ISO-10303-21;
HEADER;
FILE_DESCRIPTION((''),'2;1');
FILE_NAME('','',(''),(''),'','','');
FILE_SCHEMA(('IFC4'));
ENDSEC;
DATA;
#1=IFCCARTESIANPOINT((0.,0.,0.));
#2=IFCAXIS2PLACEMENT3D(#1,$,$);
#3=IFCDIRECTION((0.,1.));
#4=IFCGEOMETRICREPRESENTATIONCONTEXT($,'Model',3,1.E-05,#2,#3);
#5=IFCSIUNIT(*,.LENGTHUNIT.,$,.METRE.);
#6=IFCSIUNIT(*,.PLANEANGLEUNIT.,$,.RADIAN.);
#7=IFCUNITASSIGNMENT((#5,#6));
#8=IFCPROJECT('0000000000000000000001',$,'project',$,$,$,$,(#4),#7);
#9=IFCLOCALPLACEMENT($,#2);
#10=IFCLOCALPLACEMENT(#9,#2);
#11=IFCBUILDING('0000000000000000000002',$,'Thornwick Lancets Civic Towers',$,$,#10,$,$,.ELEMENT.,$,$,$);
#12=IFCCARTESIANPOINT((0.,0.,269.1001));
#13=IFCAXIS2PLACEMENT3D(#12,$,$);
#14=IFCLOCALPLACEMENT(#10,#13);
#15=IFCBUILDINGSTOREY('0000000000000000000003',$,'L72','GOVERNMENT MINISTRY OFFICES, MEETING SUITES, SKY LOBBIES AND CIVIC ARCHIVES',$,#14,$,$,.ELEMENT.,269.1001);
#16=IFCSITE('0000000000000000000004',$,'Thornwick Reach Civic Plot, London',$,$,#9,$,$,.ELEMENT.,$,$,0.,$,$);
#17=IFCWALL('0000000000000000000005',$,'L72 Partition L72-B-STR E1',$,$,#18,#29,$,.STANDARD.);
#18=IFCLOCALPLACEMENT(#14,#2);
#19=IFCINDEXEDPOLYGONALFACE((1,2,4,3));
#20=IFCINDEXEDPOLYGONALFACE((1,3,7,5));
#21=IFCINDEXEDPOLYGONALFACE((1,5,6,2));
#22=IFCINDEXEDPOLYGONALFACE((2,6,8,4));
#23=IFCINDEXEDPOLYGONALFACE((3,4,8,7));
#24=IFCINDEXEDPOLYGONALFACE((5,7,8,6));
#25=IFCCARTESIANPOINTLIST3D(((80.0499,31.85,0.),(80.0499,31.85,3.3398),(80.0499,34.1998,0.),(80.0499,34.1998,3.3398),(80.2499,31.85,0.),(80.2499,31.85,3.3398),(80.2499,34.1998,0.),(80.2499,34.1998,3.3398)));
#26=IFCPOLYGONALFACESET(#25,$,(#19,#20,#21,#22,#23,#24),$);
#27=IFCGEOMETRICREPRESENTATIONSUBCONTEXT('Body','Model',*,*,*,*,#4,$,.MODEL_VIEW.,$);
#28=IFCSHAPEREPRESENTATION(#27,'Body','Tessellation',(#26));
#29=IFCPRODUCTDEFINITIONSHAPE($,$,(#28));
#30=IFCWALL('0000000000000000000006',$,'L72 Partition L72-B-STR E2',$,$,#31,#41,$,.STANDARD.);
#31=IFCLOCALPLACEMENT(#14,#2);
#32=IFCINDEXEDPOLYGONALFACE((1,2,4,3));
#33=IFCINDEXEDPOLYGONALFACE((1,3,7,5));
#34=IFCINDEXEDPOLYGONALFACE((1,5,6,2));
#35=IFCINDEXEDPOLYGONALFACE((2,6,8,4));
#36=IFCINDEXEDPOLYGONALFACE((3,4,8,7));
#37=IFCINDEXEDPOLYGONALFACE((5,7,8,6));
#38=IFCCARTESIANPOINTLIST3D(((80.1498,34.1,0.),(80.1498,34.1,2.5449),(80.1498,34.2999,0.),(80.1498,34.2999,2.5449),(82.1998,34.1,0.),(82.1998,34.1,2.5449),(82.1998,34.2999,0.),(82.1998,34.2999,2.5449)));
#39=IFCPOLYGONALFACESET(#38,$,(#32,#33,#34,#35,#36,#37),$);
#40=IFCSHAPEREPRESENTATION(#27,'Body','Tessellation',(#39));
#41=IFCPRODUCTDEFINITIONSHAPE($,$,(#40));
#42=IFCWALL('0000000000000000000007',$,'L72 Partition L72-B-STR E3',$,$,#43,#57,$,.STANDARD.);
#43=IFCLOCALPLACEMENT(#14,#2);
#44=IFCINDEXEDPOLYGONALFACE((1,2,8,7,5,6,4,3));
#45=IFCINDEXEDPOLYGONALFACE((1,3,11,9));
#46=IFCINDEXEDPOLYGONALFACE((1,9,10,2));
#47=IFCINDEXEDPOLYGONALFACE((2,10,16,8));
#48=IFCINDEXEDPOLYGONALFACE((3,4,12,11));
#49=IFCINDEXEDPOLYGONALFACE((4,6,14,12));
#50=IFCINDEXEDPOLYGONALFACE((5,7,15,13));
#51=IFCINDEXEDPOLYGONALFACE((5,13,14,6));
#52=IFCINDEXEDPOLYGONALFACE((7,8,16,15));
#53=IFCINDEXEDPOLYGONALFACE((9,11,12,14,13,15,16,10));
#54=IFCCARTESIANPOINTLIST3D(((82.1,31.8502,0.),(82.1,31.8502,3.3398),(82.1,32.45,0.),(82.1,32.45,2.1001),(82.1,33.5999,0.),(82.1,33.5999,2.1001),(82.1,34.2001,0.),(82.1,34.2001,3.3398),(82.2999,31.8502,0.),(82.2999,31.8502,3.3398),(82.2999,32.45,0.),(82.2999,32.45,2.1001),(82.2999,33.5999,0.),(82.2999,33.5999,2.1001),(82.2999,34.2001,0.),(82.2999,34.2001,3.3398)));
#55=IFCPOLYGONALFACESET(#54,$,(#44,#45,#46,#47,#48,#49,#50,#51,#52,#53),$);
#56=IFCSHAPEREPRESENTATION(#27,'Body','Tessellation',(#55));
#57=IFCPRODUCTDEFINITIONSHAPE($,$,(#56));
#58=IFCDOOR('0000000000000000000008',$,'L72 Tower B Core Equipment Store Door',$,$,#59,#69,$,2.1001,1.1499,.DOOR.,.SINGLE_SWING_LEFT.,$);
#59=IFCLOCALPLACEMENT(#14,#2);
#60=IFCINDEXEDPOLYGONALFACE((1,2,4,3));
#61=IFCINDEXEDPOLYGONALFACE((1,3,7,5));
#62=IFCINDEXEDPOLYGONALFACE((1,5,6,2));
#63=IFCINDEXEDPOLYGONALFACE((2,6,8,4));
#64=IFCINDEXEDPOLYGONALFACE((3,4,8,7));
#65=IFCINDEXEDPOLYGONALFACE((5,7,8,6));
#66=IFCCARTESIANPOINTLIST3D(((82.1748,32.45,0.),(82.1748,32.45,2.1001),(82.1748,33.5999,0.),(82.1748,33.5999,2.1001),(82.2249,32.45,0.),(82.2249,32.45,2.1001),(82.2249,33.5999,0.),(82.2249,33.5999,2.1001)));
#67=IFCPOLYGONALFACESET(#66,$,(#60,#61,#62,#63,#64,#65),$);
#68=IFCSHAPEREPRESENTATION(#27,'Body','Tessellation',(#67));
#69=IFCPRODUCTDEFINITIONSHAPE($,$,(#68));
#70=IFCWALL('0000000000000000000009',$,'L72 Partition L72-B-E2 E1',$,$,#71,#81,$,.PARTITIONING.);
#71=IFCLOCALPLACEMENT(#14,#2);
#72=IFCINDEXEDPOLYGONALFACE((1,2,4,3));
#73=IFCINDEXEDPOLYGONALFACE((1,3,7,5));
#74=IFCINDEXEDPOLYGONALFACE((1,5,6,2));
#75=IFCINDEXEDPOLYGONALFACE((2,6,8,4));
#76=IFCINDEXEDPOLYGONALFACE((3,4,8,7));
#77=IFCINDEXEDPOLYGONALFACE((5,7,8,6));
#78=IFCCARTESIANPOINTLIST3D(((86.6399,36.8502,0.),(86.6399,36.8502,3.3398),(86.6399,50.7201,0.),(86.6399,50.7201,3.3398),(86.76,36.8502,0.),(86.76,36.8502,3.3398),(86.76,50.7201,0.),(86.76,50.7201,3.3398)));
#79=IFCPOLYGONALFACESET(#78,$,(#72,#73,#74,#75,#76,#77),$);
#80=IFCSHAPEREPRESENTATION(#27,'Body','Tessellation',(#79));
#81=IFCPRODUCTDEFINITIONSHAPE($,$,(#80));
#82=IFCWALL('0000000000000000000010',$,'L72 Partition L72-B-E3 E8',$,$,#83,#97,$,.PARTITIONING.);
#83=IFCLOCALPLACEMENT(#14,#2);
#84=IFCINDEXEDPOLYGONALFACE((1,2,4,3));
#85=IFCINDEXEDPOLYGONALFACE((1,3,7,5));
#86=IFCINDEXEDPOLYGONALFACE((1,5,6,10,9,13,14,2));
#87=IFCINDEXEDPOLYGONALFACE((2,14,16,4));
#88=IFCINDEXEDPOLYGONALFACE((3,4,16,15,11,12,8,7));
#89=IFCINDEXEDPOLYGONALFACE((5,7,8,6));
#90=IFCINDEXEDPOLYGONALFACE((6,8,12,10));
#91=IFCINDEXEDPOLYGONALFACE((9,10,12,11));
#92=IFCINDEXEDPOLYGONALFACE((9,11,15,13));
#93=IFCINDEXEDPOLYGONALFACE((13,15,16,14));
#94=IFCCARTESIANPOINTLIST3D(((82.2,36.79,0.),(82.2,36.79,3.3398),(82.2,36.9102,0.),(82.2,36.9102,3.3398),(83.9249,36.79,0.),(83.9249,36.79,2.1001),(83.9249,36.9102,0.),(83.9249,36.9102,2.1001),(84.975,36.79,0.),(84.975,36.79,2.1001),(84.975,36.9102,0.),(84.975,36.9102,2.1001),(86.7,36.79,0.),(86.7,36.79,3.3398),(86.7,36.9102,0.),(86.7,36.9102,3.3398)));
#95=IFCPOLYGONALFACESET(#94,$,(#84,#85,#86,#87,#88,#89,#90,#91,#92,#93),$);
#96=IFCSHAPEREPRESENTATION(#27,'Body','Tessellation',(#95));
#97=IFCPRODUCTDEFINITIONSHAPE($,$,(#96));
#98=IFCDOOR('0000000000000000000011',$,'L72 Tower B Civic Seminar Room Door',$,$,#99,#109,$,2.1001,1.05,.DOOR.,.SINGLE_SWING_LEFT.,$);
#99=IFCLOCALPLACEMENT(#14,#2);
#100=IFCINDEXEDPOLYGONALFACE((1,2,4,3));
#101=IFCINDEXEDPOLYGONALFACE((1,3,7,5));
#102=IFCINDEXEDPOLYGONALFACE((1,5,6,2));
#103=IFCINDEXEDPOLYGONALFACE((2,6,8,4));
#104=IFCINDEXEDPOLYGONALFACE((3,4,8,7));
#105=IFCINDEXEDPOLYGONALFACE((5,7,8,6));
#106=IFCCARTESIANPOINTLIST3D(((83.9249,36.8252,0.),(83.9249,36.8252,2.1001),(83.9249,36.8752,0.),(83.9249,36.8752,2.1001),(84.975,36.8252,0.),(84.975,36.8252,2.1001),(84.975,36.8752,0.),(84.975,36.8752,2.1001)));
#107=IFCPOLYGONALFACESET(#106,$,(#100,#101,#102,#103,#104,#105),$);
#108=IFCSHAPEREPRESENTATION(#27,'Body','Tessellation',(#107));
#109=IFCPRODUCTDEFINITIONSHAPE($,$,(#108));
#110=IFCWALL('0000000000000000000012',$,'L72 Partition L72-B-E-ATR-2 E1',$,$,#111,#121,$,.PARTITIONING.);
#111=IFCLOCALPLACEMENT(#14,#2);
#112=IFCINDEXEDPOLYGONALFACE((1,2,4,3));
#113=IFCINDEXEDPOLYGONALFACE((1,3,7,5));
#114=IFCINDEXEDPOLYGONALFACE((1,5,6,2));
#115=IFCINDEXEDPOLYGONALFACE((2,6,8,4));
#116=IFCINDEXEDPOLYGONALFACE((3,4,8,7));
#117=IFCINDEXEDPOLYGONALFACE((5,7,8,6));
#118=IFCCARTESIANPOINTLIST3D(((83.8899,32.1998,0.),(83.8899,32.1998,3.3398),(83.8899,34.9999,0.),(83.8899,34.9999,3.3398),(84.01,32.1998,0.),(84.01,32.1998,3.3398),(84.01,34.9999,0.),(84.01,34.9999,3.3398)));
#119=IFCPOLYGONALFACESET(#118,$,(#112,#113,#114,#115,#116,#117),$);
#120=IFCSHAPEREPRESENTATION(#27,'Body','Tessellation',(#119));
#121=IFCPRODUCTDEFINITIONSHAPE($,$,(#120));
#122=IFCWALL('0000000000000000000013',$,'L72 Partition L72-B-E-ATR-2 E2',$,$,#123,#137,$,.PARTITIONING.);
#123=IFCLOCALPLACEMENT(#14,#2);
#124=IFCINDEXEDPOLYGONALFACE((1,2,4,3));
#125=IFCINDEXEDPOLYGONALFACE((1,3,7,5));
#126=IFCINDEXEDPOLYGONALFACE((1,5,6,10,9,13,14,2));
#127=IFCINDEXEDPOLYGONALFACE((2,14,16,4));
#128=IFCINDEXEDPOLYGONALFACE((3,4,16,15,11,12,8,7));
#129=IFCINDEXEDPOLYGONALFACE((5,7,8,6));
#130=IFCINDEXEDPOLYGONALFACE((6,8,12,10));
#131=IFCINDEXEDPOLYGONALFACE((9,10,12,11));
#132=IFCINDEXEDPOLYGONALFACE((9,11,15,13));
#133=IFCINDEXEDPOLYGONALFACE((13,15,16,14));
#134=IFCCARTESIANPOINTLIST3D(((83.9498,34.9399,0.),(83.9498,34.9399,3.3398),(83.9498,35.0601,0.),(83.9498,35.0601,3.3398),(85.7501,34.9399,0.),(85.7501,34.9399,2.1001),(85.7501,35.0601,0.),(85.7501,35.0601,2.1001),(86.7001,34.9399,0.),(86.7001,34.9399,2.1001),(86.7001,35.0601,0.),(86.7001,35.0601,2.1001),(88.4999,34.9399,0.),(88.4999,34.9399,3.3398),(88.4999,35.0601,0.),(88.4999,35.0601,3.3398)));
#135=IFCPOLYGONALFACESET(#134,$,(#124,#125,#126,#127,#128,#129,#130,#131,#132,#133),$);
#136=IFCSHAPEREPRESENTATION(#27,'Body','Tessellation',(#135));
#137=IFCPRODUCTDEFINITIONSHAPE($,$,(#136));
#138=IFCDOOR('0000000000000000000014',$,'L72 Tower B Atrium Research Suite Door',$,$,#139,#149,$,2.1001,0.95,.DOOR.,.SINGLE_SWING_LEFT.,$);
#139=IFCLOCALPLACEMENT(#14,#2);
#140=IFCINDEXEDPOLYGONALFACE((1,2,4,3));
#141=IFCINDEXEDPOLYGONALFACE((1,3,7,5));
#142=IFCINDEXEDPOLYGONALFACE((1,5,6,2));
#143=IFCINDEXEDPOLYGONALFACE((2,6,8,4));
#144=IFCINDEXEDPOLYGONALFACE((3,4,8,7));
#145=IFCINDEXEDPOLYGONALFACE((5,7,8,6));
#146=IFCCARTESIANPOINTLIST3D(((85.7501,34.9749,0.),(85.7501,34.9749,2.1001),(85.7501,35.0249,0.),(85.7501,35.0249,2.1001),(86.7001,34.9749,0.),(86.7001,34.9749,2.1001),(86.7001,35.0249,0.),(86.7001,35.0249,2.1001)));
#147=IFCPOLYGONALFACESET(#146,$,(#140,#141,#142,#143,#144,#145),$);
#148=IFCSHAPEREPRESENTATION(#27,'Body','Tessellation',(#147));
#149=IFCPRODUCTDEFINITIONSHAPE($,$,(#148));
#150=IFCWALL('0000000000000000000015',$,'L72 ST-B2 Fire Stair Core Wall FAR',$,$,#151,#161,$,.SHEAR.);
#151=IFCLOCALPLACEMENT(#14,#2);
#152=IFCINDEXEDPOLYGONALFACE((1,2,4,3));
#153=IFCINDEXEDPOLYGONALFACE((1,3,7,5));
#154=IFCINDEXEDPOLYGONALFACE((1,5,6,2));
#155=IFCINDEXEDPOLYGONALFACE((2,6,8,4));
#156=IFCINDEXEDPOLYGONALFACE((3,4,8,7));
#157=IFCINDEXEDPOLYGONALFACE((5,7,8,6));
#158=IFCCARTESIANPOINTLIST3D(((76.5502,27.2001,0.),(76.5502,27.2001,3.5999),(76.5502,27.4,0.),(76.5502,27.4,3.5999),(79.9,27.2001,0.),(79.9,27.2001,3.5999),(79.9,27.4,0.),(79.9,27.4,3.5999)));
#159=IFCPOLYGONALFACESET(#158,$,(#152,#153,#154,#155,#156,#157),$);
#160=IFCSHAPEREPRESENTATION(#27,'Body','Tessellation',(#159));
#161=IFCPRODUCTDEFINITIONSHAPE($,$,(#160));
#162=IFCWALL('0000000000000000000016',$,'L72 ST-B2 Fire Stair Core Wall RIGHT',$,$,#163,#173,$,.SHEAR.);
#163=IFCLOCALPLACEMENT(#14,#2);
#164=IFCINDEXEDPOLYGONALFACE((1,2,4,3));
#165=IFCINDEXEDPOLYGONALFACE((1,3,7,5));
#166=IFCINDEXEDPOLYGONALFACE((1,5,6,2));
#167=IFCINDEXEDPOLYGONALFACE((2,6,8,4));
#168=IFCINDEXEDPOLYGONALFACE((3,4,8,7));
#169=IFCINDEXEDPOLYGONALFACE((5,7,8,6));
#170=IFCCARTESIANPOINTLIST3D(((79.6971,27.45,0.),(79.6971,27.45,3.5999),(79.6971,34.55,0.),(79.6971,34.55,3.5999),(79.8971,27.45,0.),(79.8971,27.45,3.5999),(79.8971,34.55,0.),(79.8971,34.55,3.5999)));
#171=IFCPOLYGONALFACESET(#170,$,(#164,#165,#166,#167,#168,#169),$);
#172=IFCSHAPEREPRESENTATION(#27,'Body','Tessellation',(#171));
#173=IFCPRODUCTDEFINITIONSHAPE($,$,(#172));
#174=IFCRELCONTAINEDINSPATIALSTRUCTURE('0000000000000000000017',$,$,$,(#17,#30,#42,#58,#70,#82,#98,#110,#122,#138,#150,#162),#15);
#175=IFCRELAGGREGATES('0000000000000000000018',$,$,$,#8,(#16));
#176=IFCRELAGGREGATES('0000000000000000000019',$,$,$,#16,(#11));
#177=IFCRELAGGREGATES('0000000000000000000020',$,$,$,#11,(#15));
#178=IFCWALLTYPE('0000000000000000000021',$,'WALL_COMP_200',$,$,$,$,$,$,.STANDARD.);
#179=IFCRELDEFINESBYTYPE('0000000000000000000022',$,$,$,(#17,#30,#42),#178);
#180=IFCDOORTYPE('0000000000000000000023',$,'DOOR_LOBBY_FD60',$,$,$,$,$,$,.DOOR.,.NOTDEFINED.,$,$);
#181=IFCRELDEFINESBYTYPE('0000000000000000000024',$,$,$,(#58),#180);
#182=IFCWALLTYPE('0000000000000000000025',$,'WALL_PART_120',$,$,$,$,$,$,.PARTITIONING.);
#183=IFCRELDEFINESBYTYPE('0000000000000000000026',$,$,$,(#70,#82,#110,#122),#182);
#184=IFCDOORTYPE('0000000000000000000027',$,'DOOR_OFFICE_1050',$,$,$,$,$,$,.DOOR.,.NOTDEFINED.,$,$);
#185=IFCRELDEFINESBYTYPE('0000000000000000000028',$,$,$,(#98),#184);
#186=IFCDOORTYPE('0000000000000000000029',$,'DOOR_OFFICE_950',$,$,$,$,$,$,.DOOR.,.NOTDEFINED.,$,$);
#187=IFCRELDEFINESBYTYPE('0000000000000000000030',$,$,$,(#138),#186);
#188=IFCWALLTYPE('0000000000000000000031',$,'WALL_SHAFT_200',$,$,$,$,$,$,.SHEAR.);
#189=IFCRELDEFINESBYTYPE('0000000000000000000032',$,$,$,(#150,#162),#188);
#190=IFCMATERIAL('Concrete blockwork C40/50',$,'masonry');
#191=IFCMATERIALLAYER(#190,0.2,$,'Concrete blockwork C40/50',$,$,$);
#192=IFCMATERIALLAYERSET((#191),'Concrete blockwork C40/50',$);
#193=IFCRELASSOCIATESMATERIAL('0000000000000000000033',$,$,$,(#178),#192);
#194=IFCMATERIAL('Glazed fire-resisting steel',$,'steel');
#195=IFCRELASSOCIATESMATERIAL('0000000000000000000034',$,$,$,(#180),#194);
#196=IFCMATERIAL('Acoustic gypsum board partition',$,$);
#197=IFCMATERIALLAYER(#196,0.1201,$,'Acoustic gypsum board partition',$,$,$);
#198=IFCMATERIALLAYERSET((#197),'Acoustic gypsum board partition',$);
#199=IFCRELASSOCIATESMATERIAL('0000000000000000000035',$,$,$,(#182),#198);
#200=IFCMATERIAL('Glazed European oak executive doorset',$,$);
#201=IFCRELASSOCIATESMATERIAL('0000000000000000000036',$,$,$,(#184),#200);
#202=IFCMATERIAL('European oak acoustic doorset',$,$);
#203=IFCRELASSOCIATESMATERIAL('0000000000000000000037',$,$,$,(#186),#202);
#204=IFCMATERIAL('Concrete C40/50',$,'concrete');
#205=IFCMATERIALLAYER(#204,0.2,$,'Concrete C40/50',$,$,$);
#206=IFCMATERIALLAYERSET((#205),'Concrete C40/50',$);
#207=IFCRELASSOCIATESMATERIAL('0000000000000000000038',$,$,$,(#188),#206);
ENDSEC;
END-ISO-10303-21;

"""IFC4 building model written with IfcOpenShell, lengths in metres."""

from ifc_helpers import new_model, si_unit, direction, frame, frame_2d, origin, place, context, subcontext, project, spatial, rectangle, extrude, material, layer, layer_set, type_object, element, fill, save


model = new_model("IFC4")

# Units and contexts
model_context = context("Model", 3, precision=1e-05, world=origin(), true_north=direction((0.0, 1.0)))
body_context = subcontext(model_context, "Body", "Model", "MODEL_VIEW")
ifc_project = project(units=[si_unit("LENGTHUNIT", "METRE"), si_unit("PLANEANGLEUNIT", "RADIAN")], contexts=[model_context])

# Site, building, storey
site_placement = place(None, origin())
site = spatial("IfcSite", under=ifc_project, at=site_placement, Name="Thornwick Reach Civic Plot, London", CompositionType="ELEMENT", RefElevation=0.0)
building_placement = place(site_placement, origin())
building = spatial("IfcBuilding", under=site, at=building_placement, Name="Thornwick Lancets Civic Towers", CompositionType="ELEMENT")
storey_placement = place(building_placement, frame((0.0, 0.0, 269.1001)))
storey = spatial("IfcBuildingStorey", under=building, at=storey_placement, Name="L72", Description="GOVERNMENT MINISTRY OFFICES, MEETING SUITES, SKY LOBBIES AND CIVIC ARCHIVES", CompositionType="ELEMENT", Elevation=269.1001)

# Shared definitions
ifc_material_1 = material(Name="Concrete blockwork C40/50", Category="masonry")
ifc_layer_1 = layer(ifc_material_1, 0.2, Name="Concrete blockwork C40/50")
ifc_layer_set_1 = layer_set([ifc_layer_1], Name="Concrete blockwork C40/50")
wall_type_1 = type_object("IfcWallType", Name="WALL_COMP_200", PredefinedType="STANDARD", material=ifc_layer_set_1)

# Shared definitions
ifc_material_2 = material(Name="Glazed fire-resisting steel", Category="steel")
door_type_1 = type_object("IfcDoorType", Name="DOOR_LOBBY_FD60", OperationType="NOTDEFINED", PredefinedType="DOOR", material=ifc_material_2)

# Walls
wall_1_placement = place(storey_placement, frame((80.1499, 31.8501, 0.0), z_axis=(0.0, 0.0, 1.0), x_axis=(0.0, 1.0, 0.0)))
element("IfcWall", 1, at=wall_1_placement, inside=storey, type_object=wall_type_1, Name="L72 Partition L72-B-STR E1", PredefinedType="STANDARD", context=body_context, shape_type="SweptSolid", body=[
    extrude(rectangle(XDim=2.3499, YDim=0.2, at=frame_2d((1.1748, 0.0))), origin(), (0.0, 0.0, 1.0), 3.3398),
])
wall_2_placement = place(storey_placement, frame((80.1499, 34.2, 0.0), z_axis=(0.0, 0.0, 1.0), x_axis=(1.0, 0.0, 0.0)))
element("IfcWall", 2, at=wall_2_placement, inside=storey, type_object=wall_type_1, Name="L72 Partition L72-B-STR E2", PredefinedType="STANDARD", context=body_context, shape_type="SweptSolid", body=[
    extrude(rectangle(XDim=2.05, YDim=0.2, at=frame_2d((1.0249, 0.0))), origin(), (0.0, 0.0, 1.0), 2.5449),
])

# Wall, opening, door
wall_3_placement = place(storey_placement, frame((82.2, 34.2, 0.0), z_axis=(0.0, 0.0, 1.0), x_axis=(0.0, -1.0, 0.0)))
wall_3 = element("IfcWall", 3, at=wall_3_placement, inside=storey, type_object=wall_type_1, Name="L72 Partition L72-B-STR E3", PredefinedType="STANDARD", context=body_context, shape_type="SweptSolid", body=[
    extrude(rectangle(XDim=2.3499, YDim=0.2, at=frame_2d((1.1748, 0.0))), origin(), (0.0, 0.0, 1.0), 3.3398),
])
opening_1_placement = place(wall_3_placement, frame((0.6001, 0.0, 0.0)))
opening_1 = element("IfcOpeningElement", 4, at=opening_1_placement, cuts=wall_3, PredefinedType="OPENING", context=body_context, shape_type="SweptSolid", body=[
    extrude(rectangle(XDim=1.1499, YDim=2.1001, at=frame_2d((0.575, 1.05))), frame((0.0, 0.1099, 0.0), z_axis=(0.0, -1.0, 0.0), x_axis=(1.0, 0.0, 0.0)), (0.0, 0.0, 1.0), 0.22),
])
door_1_placement = place(opening_1_placement, origin())
door_1 = element("IfcDoor", 5, at=door_1_placement, inside=storey, type_object=door_type_1, Name="L72 Tower B Core Equipment Store Door", OperationType="SINGLE_SWING_LEFT", OverallHeight=2.1001, OverallWidth=1.1499, PredefinedType="DOOR", context=body_context, shape_type="SweptSolid", body=[
    extrude(rectangle(XDim=1.1499, YDim=2.1001, at=frame_2d((0.575, 1.05))), frame((0.0, 0.0249, 0.0), z_axis=(0.0, -1.0, 0.0), x_axis=(1.0, 0.0, 0.0)), (0.0, 0.0, 1.0), 0.05),
])
fill(opening_1, door_1)

# Wall
ifc_material_3 = material(Name="Acoustic gypsum board partition")
ifc_layer_2 = layer(ifc_material_3, 0.1201, Name="Acoustic gypsum board partition")
ifc_layer_set_2 = layer_set([ifc_layer_2], Name="Acoustic gypsum board partition")
wall_type_2 = type_object("IfcWallType", Name="WALL_PART_120", PredefinedType="PARTITIONING", material=ifc_layer_set_2)
wall_4_placement = place(storey_placement, frame((86.7, 36.8501, 0.0), z_axis=(0.0, 0.0, 1.0), x_axis=(0.0, 1.0, 0.0)))
element("IfcWall", 6, at=wall_4_placement, inside=storey, type_object=wall_type_2, Name="L72 Partition L72-B-E2 E1", PredefinedType="PARTITIONING", context=body_context, shape_type="SweptSolid", body=[
    extrude(rectangle(XDim=13.8699, YDim=0.1201, at=frame_2d((6.9351, 0.0))), origin(), (0.0, 0.0, 1.0), 3.3398),
])

# Wall, opening, door
wall_5_placement = place(storey_placement, frame((86.7, 36.8501, 0.0), z_axis=(0.0, 0.0, 1.0), x_axis=(-1.0, 0.0, 0.0)))
wall_5 = element("IfcWall", 7, at=wall_5_placement, inside=storey, type_object=wall_type_2, Name="L72 Partition L72-B-E3 E8", PredefinedType="PARTITIONING", context=body_context, shape_type="SweptSolid", body=[
    extrude(rectangle(XDim=4.5, YDim=0.1201, at=frame_2d((2.25, 0.0))), origin(), (0.0, 0.0, 1.0), 3.3398),
])
opening_2_placement = place(wall_5_placement, frame((1.7251, 0.0, 0.0)))
opening_2 = element("IfcOpeningElement", 8, at=opening_2_placement, cuts=wall_5, PredefinedType="OPENING", context=body_context, shape_type="SweptSolid", body=[
    extrude(rectangle(XDim=1.05, YDim=2.1001, at=frame_2d((0.5249, 1.05))), frame((0.0, 0.0701, 0.0), z_axis=(0.0, -1.0, 0.0), x_axis=(1.0, 0.0, 0.0)), (0.0, 0.0, 1.0), 0.1401),
])
ifc_material_4 = material(Name="Glazed European oak executive doorset")
door_type_2 = type_object("IfcDoorType", Name="DOOR_OFFICE_1050", OperationType="NOTDEFINED", PredefinedType="DOOR", material=ifc_material_4)
door_2_placement = place(opening_2_placement, origin())
door_2 = element("IfcDoor", 9, at=door_2_placement, inside=storey, type_object=door_type_2, Name="L72 Tower B Civic Seminar Room Door", OperationType="SINGLE_SWING_LEFT", OverallHeight=2.1001, OverallWidth=1.05, PredefinedType="DOOR", context=body_context, shape_type="SweptSolid", body=[
    extrude(rectangle(XDim=1.05, YDim=2.1001, at=frame_2d((0.5249, 1.05))), frame((0.0, 0.0249, 0.0), z_axis=(0.0, -1.0, 0.0), x_axis=(1.0, 0.0, 0.0)), (0.0, 0.0, 1.0), 0.05),
])
fill(opening_2, door_2)

# Wall
wall_6_placement = place(storey_placement, frame((83.95, 32.2, 0.0), z_axis=(0.0, 0.0, 1.0), x_axis=(0.0, 1.0, 0.0)))
element("IfcWall", 10, at=wall_6_placement, inside=storey, type_object=wall_type_2, Name="L72 Partition L72-B-E-ATR-2 E1", PredefinedType="PARTITIONING", context=body_context, shape_type="SweptSolid", body=[
    extrude(rectangle(XDim=2.8, YDim=0.1201, at=frame_2d((1.3999, 0.0))), origin(), (0.0, 0.0, 1.0), 3.3398),
])

# Wall, opening, door
wall_7_placement = place(storey_placement, frame((83.95, 35.0, 0.0), z_axis=(0.0, 0.0, 1.0), x_axis=(1.0, 0.0, 0.0)))
wall_7 = element("IfcWall", 11, at=wall_7_placement, inside=storey, type_object=wall_type_2, Name="L72 Partition L72-B-E-ATR-2 E2", PredefinedType="PARTITIONING", context=body_context, shape_type="SweptSolid", body=[
    extrude(rectangle(XDim=4.55, YDim=0.1201, at=frame_2d((2.2749, 0.0))), origin(), (0.0, 0.0, 1.0), 3.3398),
])
opening_3_placement = place(wall_7_placement, frame((1.8, 0.0, 0.0)))
opening_3 = element("IfcOpeningElement", 12, at=opening_3_placement, cuts=wall_7, PredefinedType="OPENING", context=body_context, shape_type="SweptSolid", body=[
    extrude(rectangle(XDim=0.95, YDim=2.1001, at=frame_2d((0.4751, 1.05))), frame((0.0, 0.0701, 0.0), z_axis=(0.0, -1.0, 0.0), x_axis=(1.0, 0.0, 0.0)), (0.0, 0.0, 1.0), 0.1401),
])
ifc_material_5 = material(Name="European oak acoustic doorset")
door_type_3 = type_object("IfcDoorType", Name="DOOR_OFFICE_950", OperationType="NOTDEFINED", PredefinedType="DOOR", material=ifc_material_5)
door_3_placement = place(opening_3_placement, origin())
door_3 = element("IfcDoor", 13, at=door_3_placement, inside=storey, type_object=door_type_3, Name="L72 Tower B Atrium Research Suite Door", OperationType="SINGLE_SWING_LEFT", OverallHeight=2.1001, OverallWidth=0.95, PredefinedType="DOOR", context=body_context, shape_type="SweptSolid", body=[
    extrude(rectangle(XDim=0.95, YDim=2.1001, at=frame_2d((0.4751, 1.05))), frame((0.0, 0.0249, 0.0), z_axis=(0.0, -1.0, 0.0), x_axis=(1.0, 0.0, 0.0)), (0.0, 0.0, 1.0), 0.05),
])
fill(opening_3, door_3)

# Walls
ifc_material_6 = material(Name="Concrete C40/50", Category="concrete")
ifc_layer_3 = layer(ifc_material_6, 0.2, Name="Concrete C40/50")
ifc_layer_set_3 = layer_set([ifc_layer_3], Name="Concrete C40/50")
wall_type_3 = type_object("IfcWallType", Name="WALL_SHAFT_200", PredefinedType="SHEAR", material=ifc_layer_set_3)
wall_8_placement = place(storey_placement, frame((79.8999, 27.3, 0.0), z_axis=(0.0, 0.0, 1.0), x_axis=(-1.0, 0.0, 0.0)))
element("IfcWall", 14, at=wall_8_placement, inside=storey, type_object=wall_type_3, Name="L72 ST-B2 Fire Stair Core Wall FAR", PredefinedType="SHEAR", context=body_context, shape_type="SweptSolid", body=[
    extrude(rectangle(XDim=3.3499, YDim=0.2, at=frame_2d((1.6748, 0.0))), origin(), (0.0, 0.0, 1.0), 3.5999),
])
wall_9_placement = place(storey_placement, frame((79.7971, 27.45, 0.0), z_axis=(0.0, 0.0, 1.0), x_axis=(0.0, 1.0, 0.0)))
element("IfcWall", 15, at=wall_9_placement, inside=storey, type_object=wall_type_3, Name="L72 ST-B2 Fire Stair Core Wall RIGHT", PredefinedType="SHEAR", context=body_context, shape_type="SweptSolid", body=[
    extrude(rectangle(XDim=7.1001, YDim=0.2, at=frame_2d((3.55, 0.0))), origin(), (0.0, 0.0, 1.0), 3.5999),
])

save(model, "model.ifc")
